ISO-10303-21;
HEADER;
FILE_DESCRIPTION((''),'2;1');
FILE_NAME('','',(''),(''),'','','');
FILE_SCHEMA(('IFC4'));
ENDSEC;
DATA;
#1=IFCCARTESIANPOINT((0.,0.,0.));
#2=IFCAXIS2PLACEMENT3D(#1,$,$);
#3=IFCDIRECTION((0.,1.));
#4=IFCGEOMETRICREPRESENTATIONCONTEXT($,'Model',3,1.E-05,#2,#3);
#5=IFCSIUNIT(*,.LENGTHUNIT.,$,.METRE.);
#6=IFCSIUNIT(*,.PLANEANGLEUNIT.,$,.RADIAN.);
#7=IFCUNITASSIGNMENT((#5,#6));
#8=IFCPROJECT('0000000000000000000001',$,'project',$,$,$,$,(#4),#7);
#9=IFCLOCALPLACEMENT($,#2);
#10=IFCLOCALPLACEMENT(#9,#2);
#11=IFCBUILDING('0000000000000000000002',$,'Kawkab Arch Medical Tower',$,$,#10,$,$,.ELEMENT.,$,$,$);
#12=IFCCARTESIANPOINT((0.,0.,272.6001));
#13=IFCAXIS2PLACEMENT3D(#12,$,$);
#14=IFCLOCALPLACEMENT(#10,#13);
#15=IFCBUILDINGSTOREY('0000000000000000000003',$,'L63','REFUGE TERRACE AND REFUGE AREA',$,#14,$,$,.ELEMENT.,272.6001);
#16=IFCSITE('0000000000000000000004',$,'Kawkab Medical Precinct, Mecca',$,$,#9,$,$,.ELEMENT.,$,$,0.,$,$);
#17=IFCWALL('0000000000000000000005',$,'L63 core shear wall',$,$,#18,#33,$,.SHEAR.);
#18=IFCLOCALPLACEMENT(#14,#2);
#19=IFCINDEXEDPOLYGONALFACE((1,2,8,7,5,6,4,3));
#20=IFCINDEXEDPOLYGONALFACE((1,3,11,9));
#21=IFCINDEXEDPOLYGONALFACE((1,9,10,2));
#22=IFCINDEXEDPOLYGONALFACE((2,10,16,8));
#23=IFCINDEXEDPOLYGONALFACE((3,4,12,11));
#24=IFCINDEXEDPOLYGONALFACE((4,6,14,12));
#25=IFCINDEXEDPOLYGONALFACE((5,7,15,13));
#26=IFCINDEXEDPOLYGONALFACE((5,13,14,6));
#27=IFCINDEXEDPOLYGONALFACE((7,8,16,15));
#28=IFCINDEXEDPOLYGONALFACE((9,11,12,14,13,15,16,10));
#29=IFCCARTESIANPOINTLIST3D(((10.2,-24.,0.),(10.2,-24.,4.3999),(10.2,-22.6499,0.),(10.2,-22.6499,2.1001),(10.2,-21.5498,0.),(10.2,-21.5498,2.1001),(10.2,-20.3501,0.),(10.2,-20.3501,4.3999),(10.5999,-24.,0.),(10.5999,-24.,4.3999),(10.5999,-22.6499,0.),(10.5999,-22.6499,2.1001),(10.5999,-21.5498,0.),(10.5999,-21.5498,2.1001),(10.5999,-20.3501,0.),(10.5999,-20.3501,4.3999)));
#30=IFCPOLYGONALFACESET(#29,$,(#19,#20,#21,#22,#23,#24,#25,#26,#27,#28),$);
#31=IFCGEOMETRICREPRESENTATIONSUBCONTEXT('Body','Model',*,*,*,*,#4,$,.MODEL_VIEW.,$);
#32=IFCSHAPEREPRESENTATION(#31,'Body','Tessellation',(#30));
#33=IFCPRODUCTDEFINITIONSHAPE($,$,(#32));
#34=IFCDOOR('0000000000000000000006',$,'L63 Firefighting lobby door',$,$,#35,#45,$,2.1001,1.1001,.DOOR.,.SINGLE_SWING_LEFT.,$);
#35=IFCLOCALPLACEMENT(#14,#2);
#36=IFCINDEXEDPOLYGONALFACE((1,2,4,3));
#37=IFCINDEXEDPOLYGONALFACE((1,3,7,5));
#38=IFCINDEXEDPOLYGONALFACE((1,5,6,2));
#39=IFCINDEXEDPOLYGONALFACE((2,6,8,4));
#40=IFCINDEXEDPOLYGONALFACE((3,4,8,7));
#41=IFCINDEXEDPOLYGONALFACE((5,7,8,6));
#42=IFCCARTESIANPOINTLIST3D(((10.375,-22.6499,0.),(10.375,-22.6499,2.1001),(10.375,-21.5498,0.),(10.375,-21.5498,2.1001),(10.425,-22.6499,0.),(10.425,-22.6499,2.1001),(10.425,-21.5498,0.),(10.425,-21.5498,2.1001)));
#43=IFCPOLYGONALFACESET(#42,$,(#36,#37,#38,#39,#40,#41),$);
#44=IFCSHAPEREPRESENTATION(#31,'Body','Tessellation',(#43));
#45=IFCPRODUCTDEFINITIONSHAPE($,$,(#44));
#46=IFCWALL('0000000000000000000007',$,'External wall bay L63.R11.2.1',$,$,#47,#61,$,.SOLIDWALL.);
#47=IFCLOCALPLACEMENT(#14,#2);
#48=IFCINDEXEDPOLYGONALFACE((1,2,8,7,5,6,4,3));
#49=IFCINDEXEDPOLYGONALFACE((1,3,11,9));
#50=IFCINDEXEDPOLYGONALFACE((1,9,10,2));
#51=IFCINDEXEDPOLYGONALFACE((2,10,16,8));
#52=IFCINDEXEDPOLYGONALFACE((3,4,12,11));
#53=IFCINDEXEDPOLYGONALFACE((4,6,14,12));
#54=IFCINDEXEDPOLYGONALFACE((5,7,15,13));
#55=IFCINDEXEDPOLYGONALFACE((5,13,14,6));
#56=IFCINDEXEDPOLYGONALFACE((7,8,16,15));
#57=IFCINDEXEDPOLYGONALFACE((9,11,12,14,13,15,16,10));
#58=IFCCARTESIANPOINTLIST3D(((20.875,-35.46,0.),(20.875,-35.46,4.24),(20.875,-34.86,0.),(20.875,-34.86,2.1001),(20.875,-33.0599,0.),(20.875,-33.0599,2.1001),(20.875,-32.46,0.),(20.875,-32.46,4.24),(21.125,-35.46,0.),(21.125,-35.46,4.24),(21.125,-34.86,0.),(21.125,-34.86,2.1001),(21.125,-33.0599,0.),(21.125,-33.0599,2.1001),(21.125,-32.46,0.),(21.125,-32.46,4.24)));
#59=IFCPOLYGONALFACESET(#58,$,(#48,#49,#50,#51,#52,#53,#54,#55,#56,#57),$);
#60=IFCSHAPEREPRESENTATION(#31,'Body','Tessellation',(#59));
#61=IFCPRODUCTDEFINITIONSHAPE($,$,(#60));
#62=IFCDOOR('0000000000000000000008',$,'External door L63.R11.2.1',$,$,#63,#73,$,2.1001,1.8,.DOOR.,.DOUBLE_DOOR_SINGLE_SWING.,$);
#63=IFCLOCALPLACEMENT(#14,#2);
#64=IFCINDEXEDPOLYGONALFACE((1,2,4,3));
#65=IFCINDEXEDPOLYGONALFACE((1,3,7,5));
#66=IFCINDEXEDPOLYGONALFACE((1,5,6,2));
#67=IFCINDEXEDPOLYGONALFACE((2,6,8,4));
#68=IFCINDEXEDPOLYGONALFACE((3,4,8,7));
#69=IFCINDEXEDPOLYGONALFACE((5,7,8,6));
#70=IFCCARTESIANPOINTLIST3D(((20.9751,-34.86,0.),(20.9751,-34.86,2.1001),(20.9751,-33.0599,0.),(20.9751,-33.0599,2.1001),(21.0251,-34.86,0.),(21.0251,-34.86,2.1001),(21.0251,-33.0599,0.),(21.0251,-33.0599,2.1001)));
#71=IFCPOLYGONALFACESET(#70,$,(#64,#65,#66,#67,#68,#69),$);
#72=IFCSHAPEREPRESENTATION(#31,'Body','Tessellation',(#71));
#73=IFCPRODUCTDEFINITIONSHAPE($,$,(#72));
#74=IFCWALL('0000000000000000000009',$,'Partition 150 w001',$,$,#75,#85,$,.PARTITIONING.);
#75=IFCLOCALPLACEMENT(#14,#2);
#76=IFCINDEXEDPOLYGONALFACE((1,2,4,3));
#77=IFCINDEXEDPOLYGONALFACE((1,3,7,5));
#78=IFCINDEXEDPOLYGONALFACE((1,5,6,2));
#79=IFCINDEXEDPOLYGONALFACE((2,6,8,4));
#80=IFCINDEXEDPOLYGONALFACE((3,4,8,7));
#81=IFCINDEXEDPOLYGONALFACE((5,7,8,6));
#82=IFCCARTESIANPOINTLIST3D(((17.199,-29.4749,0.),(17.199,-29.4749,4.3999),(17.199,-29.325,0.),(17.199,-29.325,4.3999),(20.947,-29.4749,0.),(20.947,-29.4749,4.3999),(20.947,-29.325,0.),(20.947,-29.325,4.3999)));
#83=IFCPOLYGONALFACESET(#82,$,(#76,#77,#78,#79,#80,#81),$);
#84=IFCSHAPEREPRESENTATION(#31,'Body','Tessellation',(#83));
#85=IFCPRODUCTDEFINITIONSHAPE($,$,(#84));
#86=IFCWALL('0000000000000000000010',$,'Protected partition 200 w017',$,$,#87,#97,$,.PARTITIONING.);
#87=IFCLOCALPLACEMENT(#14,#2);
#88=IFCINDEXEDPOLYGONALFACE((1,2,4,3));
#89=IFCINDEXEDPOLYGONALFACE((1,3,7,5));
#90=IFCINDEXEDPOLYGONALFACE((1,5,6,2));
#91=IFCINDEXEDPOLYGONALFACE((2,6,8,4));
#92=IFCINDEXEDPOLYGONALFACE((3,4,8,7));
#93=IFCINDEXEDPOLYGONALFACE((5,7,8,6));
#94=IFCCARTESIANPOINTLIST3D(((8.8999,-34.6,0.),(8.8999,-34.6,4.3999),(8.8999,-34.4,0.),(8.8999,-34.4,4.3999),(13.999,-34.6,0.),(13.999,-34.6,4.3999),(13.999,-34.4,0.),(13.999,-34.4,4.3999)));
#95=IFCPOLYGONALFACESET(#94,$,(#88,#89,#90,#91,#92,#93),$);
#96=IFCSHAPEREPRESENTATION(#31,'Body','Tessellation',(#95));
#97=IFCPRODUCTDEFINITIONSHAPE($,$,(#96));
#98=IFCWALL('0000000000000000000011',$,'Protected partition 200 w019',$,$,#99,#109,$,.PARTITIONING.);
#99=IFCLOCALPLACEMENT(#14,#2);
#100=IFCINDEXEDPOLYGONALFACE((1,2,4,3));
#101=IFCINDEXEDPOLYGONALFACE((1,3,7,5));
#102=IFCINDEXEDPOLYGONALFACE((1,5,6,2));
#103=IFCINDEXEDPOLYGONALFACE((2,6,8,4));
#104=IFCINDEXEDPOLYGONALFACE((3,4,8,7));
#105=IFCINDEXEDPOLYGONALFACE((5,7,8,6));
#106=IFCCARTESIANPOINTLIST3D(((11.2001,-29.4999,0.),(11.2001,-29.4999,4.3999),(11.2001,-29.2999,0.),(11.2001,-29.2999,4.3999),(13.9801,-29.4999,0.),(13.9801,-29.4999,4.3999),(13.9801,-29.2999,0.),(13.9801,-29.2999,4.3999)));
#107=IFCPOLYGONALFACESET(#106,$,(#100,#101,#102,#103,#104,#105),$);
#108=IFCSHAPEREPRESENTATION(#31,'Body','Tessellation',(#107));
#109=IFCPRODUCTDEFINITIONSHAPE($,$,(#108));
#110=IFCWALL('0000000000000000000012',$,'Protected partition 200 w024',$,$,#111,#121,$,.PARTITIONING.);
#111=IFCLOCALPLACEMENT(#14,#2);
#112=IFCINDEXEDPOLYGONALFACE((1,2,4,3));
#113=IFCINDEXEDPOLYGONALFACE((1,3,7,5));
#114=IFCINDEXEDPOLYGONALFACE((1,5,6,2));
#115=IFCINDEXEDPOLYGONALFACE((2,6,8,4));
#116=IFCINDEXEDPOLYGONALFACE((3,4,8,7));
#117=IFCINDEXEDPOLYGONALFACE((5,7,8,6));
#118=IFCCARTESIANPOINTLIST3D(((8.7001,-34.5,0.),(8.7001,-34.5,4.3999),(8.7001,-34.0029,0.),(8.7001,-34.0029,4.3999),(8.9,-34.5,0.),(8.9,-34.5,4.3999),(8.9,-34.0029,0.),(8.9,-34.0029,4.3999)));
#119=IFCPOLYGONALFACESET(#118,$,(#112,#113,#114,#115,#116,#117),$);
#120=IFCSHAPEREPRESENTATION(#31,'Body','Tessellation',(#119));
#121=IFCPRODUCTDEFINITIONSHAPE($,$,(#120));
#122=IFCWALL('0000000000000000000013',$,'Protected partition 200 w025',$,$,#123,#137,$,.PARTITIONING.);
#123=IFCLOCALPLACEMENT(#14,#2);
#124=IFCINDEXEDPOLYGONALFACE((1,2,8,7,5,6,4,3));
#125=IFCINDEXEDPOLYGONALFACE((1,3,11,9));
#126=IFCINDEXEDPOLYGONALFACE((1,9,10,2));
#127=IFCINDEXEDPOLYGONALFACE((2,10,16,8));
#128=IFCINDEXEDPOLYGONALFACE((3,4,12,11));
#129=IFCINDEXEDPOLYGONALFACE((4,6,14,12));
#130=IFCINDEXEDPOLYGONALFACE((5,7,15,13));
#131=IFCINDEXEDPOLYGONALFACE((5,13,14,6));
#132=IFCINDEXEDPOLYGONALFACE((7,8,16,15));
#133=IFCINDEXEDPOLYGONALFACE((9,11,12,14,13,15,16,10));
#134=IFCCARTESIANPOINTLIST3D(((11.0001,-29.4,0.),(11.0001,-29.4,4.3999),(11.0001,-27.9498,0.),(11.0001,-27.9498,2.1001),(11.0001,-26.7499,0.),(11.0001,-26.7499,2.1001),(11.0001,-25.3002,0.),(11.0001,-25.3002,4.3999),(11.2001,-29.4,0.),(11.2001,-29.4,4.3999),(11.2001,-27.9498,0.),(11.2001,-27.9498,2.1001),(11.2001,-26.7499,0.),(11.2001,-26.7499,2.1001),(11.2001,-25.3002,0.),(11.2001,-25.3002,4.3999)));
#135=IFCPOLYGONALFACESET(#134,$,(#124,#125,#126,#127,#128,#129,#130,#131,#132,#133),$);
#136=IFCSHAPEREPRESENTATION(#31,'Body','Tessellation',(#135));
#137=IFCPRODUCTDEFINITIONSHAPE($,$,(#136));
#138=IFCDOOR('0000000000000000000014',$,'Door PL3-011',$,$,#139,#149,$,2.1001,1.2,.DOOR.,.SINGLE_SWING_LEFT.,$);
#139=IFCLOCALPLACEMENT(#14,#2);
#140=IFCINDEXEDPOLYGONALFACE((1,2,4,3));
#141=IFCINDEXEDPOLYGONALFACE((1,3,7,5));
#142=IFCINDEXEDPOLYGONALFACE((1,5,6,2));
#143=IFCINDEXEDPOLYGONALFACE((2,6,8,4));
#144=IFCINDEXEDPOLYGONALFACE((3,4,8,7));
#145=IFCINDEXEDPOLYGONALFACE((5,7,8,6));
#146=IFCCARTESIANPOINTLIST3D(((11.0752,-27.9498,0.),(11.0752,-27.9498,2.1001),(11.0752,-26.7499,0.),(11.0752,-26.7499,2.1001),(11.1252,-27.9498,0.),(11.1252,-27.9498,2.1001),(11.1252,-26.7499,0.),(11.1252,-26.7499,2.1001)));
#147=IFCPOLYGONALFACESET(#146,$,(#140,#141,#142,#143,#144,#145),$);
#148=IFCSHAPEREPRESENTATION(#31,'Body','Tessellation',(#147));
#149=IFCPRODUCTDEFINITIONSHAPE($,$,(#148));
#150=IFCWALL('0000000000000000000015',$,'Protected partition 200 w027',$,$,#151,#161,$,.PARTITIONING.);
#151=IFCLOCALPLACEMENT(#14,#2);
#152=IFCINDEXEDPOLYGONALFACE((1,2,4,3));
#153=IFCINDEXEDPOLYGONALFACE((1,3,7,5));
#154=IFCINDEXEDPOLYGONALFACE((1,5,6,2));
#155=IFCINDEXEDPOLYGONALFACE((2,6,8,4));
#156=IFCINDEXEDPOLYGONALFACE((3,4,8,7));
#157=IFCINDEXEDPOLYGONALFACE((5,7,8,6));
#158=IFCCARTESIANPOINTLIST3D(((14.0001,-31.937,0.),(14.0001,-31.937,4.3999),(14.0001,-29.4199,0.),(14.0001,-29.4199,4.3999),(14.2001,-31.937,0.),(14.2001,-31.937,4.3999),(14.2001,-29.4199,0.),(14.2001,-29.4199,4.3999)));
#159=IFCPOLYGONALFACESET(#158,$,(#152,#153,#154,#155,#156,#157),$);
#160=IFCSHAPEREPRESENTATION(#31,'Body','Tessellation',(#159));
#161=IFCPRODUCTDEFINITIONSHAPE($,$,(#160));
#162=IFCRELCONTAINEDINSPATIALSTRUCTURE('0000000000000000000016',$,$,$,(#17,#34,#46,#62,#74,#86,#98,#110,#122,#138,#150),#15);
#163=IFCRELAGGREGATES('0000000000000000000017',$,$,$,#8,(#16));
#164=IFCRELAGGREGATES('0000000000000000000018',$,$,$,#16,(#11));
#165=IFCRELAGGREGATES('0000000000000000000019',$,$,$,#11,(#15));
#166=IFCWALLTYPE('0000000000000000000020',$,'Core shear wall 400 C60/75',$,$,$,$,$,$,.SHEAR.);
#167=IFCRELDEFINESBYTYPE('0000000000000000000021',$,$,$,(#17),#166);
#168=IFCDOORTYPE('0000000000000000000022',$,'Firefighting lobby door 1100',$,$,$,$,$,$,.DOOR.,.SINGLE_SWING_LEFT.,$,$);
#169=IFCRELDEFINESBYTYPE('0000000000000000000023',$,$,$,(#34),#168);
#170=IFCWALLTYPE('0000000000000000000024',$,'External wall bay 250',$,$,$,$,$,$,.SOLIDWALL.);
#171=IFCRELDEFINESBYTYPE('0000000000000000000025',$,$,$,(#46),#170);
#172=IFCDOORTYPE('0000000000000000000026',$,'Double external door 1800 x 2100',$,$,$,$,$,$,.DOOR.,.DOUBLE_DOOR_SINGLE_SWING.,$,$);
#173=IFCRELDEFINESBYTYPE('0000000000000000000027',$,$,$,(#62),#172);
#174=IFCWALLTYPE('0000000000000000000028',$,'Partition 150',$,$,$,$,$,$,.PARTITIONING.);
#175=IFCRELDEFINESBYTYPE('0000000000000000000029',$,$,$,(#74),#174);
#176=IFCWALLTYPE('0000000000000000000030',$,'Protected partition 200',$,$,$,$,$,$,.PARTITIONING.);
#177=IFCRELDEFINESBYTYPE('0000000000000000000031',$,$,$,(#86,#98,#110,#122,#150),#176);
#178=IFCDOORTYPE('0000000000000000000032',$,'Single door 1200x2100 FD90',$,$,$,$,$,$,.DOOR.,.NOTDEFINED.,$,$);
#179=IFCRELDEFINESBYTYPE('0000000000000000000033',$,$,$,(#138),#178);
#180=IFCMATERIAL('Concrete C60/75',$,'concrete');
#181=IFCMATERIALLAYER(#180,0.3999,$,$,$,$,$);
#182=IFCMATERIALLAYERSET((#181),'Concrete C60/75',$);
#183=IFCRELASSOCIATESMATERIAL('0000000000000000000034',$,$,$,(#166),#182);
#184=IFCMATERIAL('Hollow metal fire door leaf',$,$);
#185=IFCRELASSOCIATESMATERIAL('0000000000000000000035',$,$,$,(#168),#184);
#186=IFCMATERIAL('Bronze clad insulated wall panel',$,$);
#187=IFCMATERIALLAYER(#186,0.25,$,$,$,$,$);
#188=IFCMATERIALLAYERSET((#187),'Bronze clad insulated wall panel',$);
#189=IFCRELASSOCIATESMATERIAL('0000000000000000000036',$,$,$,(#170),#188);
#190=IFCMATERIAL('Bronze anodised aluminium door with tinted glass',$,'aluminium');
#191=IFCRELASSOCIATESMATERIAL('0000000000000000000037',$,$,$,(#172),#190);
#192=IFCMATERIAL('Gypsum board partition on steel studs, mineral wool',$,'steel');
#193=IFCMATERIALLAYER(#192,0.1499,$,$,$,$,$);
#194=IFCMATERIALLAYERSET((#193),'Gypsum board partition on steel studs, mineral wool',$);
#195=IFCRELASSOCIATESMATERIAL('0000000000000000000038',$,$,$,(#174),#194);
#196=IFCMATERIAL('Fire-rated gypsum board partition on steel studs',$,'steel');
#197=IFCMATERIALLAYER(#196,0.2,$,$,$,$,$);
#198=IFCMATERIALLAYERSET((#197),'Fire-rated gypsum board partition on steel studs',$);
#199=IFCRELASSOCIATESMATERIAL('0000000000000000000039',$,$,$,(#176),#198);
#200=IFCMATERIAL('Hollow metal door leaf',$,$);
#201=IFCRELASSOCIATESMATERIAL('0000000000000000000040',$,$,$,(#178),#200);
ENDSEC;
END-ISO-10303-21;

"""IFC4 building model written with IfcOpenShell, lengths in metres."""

from ifc_helpers import new_model, si_unit, direction, frame, frame_2d, origin, place, context, subcontext, project, spatial, rectangle, extrude, material, layer, layer_set, type_object, element, fill, save


model = new_model("IFC4")

# Units and contexts
model_context = context("Model", 3, precision=1e-05, world=origin(), true_north=direction((0.0, 1.0)))
body_context = subcontext(model_context, "Body", "Model", "MODEL_VIEW")
ifc_project = project(units=[si_unit("LENGTHUNIT", "METRE"), si_unit("PLANEANGLEUNIT", "RADIAN")], contexts=[model_context])

# Site, building, storey
site_placement = place(None, origin())
site = spatial("IfcSite", under=ifc_project, at=site_placement, Name="Kawkab Medical Precinct, Mecca", CompositionType="ELEMENT", RefElevation=0.0)
building_placement = place(site_placement, origin())
building = spatial("IfcBuilding", under=site, at=building_placement, Name="Kawkab Arch Medical Tower", CompositionType="ELEMENT")
storey_placement = place(building_placement, frame((0.0, 0.0, 272.6001)))
storey = spatial("IfcBuildingStorey", under=building, at=storey_placement, Name="L63", Description="REFUGE TERRACE AND REFUGE AREA", CompositionType="ELEMENT", Elevation=272.6001)

# Walls, openings, doors
ifc_material_1 = material(Name="Concrete C60/75", Category="concrete")
ifc_layer_1 = layer(ifc_material_1, 0.3999)
ifc_layer_set_1 = layer_set([ifc_layer_1], Name="Concrete C60/75")
wall_type_1 = type_object("IfcWallType", Name="Core shear wall 400 C60/75", PredefinedType="SHEAR", material=ifc_layer_set_1)
wall_1_placement = place(storey_placement, frame((10.3999, -24.0, 0.0), z_axis=(0.0, 0.0, 1.0), x_axis=(0.0, 1.0, 0.0)))
wall_1 = element("IfcWall", 1, at=wall_1_placement, inside=storey, type_object=wall_type_1, Name="L63 core shear wall", PredefinedType="SHEAR", context=body_context, shape_type="SweptSolid", body=[
    extrude(rectangle(XDim=3.6499, YDim=0.3999, at=frame_2d((1.825, 0.0))), origin(), (0.0, 0.0, 1.0), 4.3999),
])
opening_1_placement = place(wall_1_placement, frame((1.3501, 0.0, 0.0)))
opening_1 = element("IfcOpeningElement", 2, at=opening_1_placement, cuts=wall_1, PredefinedType="OPENING", context=body_context, shape_type="SweptSolid", body=[
    extrude(rectangle(XDim=1.1001, YDim=2.1001, at=frame_2d((0.55, 1.05))), frame((0.0, 0.21, 0.0), z_axis=(0.0, -1.0, 0.0), x_axis=(1.0, 0.0, 0.0)), (0.0, 0.0, 1.0), 0.4199),
])
ifc_material_2 = material(Name="Hollow metal fire door leaf")
door_type_1 = type_object("IfcDoorType", Name="Firefighting lobby door 1100", OperationType="SINGLE_SWING_LEFT", PredefinedType="DOOR", material=ifc_material_2)
door_1_placement = place(opening_1_placement, origin())
door_1 = element("IfcDoor", 3, at=door_1_placement, inside=storey, type_object=door_type_1, Name="L63 Firefighting lobby door", OperationType="SINGLE_SWING_LEFT", OverallHeight=2.1001, OverallWidth=1.1001, PredefinedType="DOOR", context=body_context, shape_type="SweptSolid", body=[
    extrude(rectangle(XDim=1.1001, YDim=2.1001, at=frame_2d((0.55, 1.05))), frame((0.0, 0.0249, 0.0), z_axis=(0.0, -1.0, 0.0), x_axis=(1.0, 0.0, 0.0)), (0.0, 0.0, 1.0), 0.05),
])
fill(opening_1, door_1)
ifc_material_3 = material(Name="Bronze clad insulated wall panel")
ifc_layer_2 = layer(ifc_material_3, 0.25)
ifc_layer_set_2 = layer_set([ifc_layer_2], Name="Bronze clad insulated wall panel")
wall_type_2 = type_object("IfcWallType", Name="External wall bay 250", PredefinedType="SOLIDWALL", material=ifc_layer_set_2)
wall_2_placement = place(storey_placement, frame((21.0, -35.46, 0.0), z_axis=(0.0, 0.0, 1.0), x_axis=(0.0, 1.0, 0.0)))
wall_2 = element("IfcWall", 4, at=wall_2_placement, inside=storey, type_object=wall_type_2, Name="External wall bay L63.R11.2.1", PredefinedType="SOLIDWALL", context=body_context, shape_type="SweptSolid", body=[
    extrude(rectangle(XDim=3.0, YDim=0.25, at=frame_2d((1.5, 0.0))), origin(), (0.0, 0.0, 1.0), 4.24),
])
opening_2_placement = place(wall_2_placement, frame((0.6001, 0.0, 0.0)))
opening_2 = element("IfcOpeningElement", 5, at=opening_2_placement, cuts=wall_2, PredefinedType="OPENING", context=body_context, shape_type="SweptSolid", body=[
    extrude(rectangle(XDim=1.8, YDim=2.1001, at=frame_2d((0.8999, 1.05))), frame((0.0, 0.135, 0.0), z_axis=(0.0, -1.0, 0.0), x_axis=(1.0, 0.0, 0.0)), (0.0, 0.0, 1.0), 0.27),
])
ifc_material_4 = material(Name="Bronze anodised aluminium door with tinted glass", Category="aluminium")
door_type_2 = type_object("IfcDoorType", Name="Double external door 1800 x 2100", OperationType="DOUBLE_DOOR_SINGLE_SWING", PredefinedType="DOOR", material=ifc_material_4)
door_2_placement = place(opening_2_placement, origin())
door_2 = element("IfcDoor", 6, at=door_2_placement, inside=storey, type_object=door_type_2, Name="External door L63.R11.2.1", OperationType="DOUBLE_DOOR_SINGLE_SWING", OverallHeight=2.1001, OverallWidth=1.8, PredefinedType="DOOR", context=body_context, shape_type="SweptSolid", body=[
    extrude(rectangle(XDim=1.8, YDim=2.1001, at=frame_2d((0.8999, 1.05))), frame((0.0, 0.0249, 0.0), z_axis=(0.0, -1.0, 0.0), x_axis=(1.0, 0.0, 0.0)), (0.0, 0.0, 1.0), 0.05),
])
fill(opening_2, door_2)

# Walls
ifc_material_5 = material(Name="Gypsum board partition on steel studs, mineral wool", Category="steel")
ifc_layer_3 = layer(ifc_material_5, 0.1499)
ifc_layer_set_3 = layer_set([ifc_layer_3], Name="Gypsum board partition on steel studs, mineral wool")
wall_type_3 = type_object("IfcWallType", Name="Partition 150", PredefinedType="PARTITIONING", material=ifc_layer_set_3)
wall_3_placement = place(storey_placement, frame((17.199, -29.3999, 0.0), z_axis=(0.0, 0.0, 1.0), x_axis=(1.0, 0.0, 0.0)))
element("IfcWall", 7, at=wall_3_placement, inside=storey, type_object=wall_type_3, Name="Partition 150 w001", PredefinedType="PARTITIONING", context=body_context, shape_type="SweptSolid", body=[
    extrude(rectangle(XDim=3.748, YDim=0.1499, at=frame_2d((1.874, 0.0))), origin(), (0.0, 0.0, 1.0), 4.3999),
])
ifc_material_6 = material(Name="Fire-rated gypsum board partition on steel studs", Category="steel")
ifc_layer_4 = layer(ifc_material_6, 0.2)
ifc_layer_set_4 = layer_set([ifc_layer_4], Name="Fire-rated gypsum board partition on steel studs")
wall_type_4 = type_object("IfcWallType", Name="Protected partition 200", PredefinedType="PARTITIONING", material=ifc_layer_set_4)
wall_4_placement = place(storey_placement, frame((8.8999, -34.5, 0.0), z_axis=(0.0, 0.0, 1.0), x_axis=(1.0, 0.0, 0.0)))
element("IfcWall", 8, at=wall_4_placement, inside=storey, type_object=wall_type_4, Name="Protected partition 200 w017", PredefinedType="PARTITIONING", context=body_context, shape_type="SweptSolid", body=[
    extrude(rectangle(XDim=5.0991, YDim=0.2, at=frame_2d((2.5496, 0.0))), origin(), (0.0, 0.0, 1.0), 4.3999),
])
wall_5_placement = place(storey_placement, frame((11.2, -29.3999, 0.0), z_axis=(0.0, 0.0, 1.0), x_axis=(1.0, 0.0, 0.0)))
element("IfcWall", 9, at=wall_5_placement, inside=storey, type_object=wall_type_4, Name="Protected partition 200 w019", PredefinedType="PARTITIONING", context=body_context, shape_type="SweptSolid", body=[
    extrude(rectangle(XDim=2.78, YDim=0.2, at=frame_2d((1.3901, 0.0))), origin(), (0.0, 0.0, 1.0), 4.3999),
])
wall_6_placement = place(storey_placement, frame((8.8, -34.5, 0.0), z_axis=(0.0, 0.0, 1.0), x_axis=(0.0, 1.0, 0.0)))
element("IfcWall", 10, at=wall_6_placement, inside=storey, type_object=wall_type_4, Name="Protected partition 200 w024", PredefinedType="PARTITIONING", context=body_context, shape_type="SweptSolid", body=[
    extrude(rectangle(XDim=0.4971, YDim=0.2, at=frame_2d((0.2485, 0.0))), origin(), (0.0, 0.0, 1.0), 4.3999),
])

# Wall, opening, door
wall_7_placement = place(storey_placement, frame((11.1001, -29.3999, 0.0), z_axis=(0.0, 0.0, 1.0), x_axis=(0.0, 1.0, 0.0)))
wall_7 = element("IfcWall", 11, at=wall_7_placement, inside=storey, type_object=wall_type_4, Name="Protected partition 200 w025", PredefinedType="PARTITIONING", context=body_context, shape_type="SweptSolid", body=[
    extrude(rectangle(XDim=4.0999, YDim=0.2, at=frame_2d((2.0498, 0.0))), origin(), (0.0, 0.0, 1.0), 4.3999),
])
opening_3_placement = place(wall_7_placement, frame((1.45, 0.0, 0.0)))
opening_3 = element("IfcOpeningElement", 12, at=opening_3_placement, cuts=wall_7, PredefinedType="OPENING", context=body_context, shape_type="SweptSolid", body=[
    extrude(rectangle(XDim=1.2, YDim=2.1001, at=frame_2d((0.6001, 1.05))), frame((0.0, 0.1099, 0.0), z_axis=(0.0, -1.0, 0.0), x_axis=(1.0, 0.0, 0.0)), (0.0, 0.0, 1.0), 0.22),
])
ifc_material_7 = material(Name="Hollow metal door leaf")
door_type_3 = type_object("IfcDoorType", Name="Single door 1200x2100 FD90", OperationType="NOTDEFINED", PredefinedType="DOOR", material=ifc_material_7)
door_3_placement = place(opening_3_placement, origin())
door_3 = element("IfcDoor", 13, at=door_3_placement, inside=storey, type_object=door_type_3, Name="Door PL3-011", OperationType="SINGLE_SWING_LEFT", OverallHeight=2.1001, OverallWidth=1.2, PredefinedType="DOOR", context=body_context, shape_type="SweptSolid", body=[
    extrude(rectangle(XDim=1.2, YDim=2.1001, at=frame_2d((0.6001, 1.05))), frame((0.0, 0.0249, 0.0), z_axis=(0.0, -1.0, 0.0), x_axis=(1.0, 0.0, 0.0)), (0.0, 0.0, 1.0), 0.05),
])
fill(opening_3, door_3)

# Wall
wall_8_placement = place(storey_placement, frame((14.1001, -31.937, 0.0), z_axis=(0.0, 0.0, 1.0), x_axis=(0.0, 1.0, 0.0)))
element("IfcWall", 14, at=wall_8_placement, inside=storey, type_object=wall_type_4, Name="Protected partition 200 w027", PredefinedType="PARTITIONING", context=body_context, shape_type="SweptSolid", body=[
    extrude(rectangle(XDim=2.5171, YDim=0.2, at=frame_2d((1.2585, 0.0))), origin(), (0.0, 0.0, 1.0), 4.3999),
])

save(model, "model.ifc")
